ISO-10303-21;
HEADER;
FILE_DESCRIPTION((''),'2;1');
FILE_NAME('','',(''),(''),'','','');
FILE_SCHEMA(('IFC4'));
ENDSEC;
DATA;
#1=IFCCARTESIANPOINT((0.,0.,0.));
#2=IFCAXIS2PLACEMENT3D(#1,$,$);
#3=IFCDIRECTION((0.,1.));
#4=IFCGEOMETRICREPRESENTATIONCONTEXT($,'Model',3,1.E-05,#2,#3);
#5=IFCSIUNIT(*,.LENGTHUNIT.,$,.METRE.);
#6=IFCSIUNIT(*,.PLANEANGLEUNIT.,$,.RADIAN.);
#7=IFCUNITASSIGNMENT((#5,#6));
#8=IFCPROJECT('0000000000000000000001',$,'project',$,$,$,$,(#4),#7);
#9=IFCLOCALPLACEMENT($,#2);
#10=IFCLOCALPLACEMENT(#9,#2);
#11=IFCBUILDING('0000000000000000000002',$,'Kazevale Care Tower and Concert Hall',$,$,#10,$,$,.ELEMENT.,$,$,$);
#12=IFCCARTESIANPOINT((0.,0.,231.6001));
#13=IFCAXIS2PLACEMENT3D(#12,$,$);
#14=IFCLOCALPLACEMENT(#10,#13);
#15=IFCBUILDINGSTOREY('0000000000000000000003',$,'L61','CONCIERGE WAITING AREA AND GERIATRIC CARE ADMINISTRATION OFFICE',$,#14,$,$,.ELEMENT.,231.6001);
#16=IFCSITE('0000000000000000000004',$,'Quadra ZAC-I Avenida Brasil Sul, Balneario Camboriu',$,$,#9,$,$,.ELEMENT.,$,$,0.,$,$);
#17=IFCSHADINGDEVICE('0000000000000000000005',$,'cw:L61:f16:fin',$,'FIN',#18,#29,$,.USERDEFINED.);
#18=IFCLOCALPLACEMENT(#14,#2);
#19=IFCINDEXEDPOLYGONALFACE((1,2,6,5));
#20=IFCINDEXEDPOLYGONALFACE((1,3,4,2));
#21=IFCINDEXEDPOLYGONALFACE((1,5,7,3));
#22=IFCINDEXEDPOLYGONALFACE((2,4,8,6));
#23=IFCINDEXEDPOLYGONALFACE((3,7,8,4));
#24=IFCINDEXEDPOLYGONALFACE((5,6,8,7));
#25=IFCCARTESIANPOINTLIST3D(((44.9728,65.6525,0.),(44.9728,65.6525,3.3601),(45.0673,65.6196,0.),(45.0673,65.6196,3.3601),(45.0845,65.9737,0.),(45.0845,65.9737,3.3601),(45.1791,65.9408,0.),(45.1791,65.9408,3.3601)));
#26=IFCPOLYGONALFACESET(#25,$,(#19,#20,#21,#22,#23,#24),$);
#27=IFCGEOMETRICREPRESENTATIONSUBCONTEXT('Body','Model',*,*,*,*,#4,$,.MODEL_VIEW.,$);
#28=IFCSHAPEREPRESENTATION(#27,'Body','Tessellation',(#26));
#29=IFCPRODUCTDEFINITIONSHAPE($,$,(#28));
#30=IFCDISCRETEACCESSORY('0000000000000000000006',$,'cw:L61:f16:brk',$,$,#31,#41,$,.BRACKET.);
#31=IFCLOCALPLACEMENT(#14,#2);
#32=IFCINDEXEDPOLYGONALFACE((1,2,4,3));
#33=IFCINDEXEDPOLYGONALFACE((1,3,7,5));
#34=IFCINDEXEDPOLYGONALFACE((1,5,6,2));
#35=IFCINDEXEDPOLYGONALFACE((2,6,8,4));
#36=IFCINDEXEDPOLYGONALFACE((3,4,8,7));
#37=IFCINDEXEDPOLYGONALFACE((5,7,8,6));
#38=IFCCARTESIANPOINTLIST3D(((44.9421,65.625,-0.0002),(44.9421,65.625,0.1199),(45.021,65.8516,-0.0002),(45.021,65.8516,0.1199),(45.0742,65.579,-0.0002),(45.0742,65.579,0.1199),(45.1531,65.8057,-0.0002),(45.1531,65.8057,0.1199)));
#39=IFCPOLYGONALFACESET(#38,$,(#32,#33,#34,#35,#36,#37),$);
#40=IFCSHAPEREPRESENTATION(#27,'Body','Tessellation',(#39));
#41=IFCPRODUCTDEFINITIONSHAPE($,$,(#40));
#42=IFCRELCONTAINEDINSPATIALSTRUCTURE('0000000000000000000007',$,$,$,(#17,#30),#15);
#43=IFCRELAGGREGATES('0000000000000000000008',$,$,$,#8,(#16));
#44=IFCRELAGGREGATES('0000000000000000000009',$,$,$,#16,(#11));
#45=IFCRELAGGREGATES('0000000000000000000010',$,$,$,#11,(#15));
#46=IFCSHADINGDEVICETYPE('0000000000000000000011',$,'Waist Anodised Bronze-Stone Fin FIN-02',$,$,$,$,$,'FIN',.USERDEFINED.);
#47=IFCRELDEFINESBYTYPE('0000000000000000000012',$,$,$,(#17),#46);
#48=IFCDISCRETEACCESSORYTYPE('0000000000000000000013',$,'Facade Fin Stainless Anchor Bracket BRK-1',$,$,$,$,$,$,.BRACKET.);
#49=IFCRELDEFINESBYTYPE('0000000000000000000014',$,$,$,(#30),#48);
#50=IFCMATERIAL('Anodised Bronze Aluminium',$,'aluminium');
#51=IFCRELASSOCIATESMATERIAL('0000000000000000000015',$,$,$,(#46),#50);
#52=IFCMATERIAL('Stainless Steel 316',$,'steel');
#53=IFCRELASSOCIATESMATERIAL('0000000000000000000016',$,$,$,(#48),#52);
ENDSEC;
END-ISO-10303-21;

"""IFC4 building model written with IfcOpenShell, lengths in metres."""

from ifc_helpers import new_model, si_unit, direction, frame, origin, origin_2d, place, context, subcontext, project, spatial, rectangle, extrude, material, type_object, element, save


model = new_model("IFC4")

# Units and contexts
model_context = context("Model", 3, precision=1e-05, world=origin(), true_north=direction((0.0, 1.0)))
body_context = subcontext(model_context, "Body", "Model", "MODEL_VIEW")
ifc_project = project(units=[si_unit("LENGTHUNIT", "METRE"), si_unit("PLANEANGLEUNIT", "RADIAN")], contexts=[model_context])

# Site, building, storey
site_placement = place(None, origin())
site = spatial("IfcSite", under=ifc_project, at=site_placement, Name="Quadra ZAC-I Avenida Brasil Sul, Balneario Camboriu", CompositionType="ELEMENT", RefElevation=0.0)
building_placement = place(site_placement, origin())
building = spatial("IfcBuilding", under=site, at=building_placement, Name="Kazevale Care Tower and Concert Hall", CompositionType="ELEMENT")
storey_placement = place(building_placement, frame((0.0, 0.0, 231.6001)))
storey = spatial("IfcBuildingStorey", under=building, at=storey_placement, Name="L61", Description="CONCIERGE WAITING AREA AND GERIATRIC CARE ADMINISTRATION OFFICE", CompositionType="ELEMENT", Elevation=231.6001)

# Shading device
ifc_material_1 = material(Name="Anodised Bronze Aluminium", Category="aluminium")
shading_device_type = type_object("IfcShadingDeviceType", Name="Waist Anodised Bronze-Stone Fin FIN-02", ElementType="FIN", PredefinedType="USERDEFINED", material=ifc_material_1)
shading_device_placement = place(storey_placement, frame((45.0759, 65.7966, 0.0), z_axis=(0.0, 0.0, 1.0), x_axis=(0.328537, 0.944491, 0.0)))
element("IfcShadingDevice", 1, at=shading_device_placement, inside=storey, type_object=shading_device_type, Name="cw:L61:f16:fin", ObjectType="FIN", PredefinedType="USERDEFINED", context=body_context, shape_type="SweptSolid", body=[
    extrude(rectangle(XDim=0.3401, YDim=0.1001, at=origin_2d()), origin(), (0.0, 0.0, 1.0), 3.3601),
])

# Discrete accessory
ifc_material_2 = material(Name="Stainless Steel 316", Category="steel")
discrete_accessory_type = type_object("IfcDiscreteAccessoryType", Name="Facade Fin Stainless Anchor Bracket BRK-1", PredefinedType="BRACKET", material=ifc_material_2)
discrete_accessory_placement = place(storey_placement, frame((45.0476, 65.7153, -0.0002), z_axis=(0.0, 0.0, 1.0), x_axis=(0.328537, 0.944491, 0.0)))
element("IfcDiscreteAccessory", 2, at=discrete_accessory_placement, inside=storey, type_object=discrete_accessory_type, Name="cw:L61:f16:brk", PredefinedType="BRACKET", context=body_context, shape_type="SweptSolid", body=[
    extrude(rectangle(XDim=0.24, YDim=0.1399, at=origin_2d()), origin(), (0.0, 0.0, 1.0), 0.1201),
])

save(model, "model.ifc")
